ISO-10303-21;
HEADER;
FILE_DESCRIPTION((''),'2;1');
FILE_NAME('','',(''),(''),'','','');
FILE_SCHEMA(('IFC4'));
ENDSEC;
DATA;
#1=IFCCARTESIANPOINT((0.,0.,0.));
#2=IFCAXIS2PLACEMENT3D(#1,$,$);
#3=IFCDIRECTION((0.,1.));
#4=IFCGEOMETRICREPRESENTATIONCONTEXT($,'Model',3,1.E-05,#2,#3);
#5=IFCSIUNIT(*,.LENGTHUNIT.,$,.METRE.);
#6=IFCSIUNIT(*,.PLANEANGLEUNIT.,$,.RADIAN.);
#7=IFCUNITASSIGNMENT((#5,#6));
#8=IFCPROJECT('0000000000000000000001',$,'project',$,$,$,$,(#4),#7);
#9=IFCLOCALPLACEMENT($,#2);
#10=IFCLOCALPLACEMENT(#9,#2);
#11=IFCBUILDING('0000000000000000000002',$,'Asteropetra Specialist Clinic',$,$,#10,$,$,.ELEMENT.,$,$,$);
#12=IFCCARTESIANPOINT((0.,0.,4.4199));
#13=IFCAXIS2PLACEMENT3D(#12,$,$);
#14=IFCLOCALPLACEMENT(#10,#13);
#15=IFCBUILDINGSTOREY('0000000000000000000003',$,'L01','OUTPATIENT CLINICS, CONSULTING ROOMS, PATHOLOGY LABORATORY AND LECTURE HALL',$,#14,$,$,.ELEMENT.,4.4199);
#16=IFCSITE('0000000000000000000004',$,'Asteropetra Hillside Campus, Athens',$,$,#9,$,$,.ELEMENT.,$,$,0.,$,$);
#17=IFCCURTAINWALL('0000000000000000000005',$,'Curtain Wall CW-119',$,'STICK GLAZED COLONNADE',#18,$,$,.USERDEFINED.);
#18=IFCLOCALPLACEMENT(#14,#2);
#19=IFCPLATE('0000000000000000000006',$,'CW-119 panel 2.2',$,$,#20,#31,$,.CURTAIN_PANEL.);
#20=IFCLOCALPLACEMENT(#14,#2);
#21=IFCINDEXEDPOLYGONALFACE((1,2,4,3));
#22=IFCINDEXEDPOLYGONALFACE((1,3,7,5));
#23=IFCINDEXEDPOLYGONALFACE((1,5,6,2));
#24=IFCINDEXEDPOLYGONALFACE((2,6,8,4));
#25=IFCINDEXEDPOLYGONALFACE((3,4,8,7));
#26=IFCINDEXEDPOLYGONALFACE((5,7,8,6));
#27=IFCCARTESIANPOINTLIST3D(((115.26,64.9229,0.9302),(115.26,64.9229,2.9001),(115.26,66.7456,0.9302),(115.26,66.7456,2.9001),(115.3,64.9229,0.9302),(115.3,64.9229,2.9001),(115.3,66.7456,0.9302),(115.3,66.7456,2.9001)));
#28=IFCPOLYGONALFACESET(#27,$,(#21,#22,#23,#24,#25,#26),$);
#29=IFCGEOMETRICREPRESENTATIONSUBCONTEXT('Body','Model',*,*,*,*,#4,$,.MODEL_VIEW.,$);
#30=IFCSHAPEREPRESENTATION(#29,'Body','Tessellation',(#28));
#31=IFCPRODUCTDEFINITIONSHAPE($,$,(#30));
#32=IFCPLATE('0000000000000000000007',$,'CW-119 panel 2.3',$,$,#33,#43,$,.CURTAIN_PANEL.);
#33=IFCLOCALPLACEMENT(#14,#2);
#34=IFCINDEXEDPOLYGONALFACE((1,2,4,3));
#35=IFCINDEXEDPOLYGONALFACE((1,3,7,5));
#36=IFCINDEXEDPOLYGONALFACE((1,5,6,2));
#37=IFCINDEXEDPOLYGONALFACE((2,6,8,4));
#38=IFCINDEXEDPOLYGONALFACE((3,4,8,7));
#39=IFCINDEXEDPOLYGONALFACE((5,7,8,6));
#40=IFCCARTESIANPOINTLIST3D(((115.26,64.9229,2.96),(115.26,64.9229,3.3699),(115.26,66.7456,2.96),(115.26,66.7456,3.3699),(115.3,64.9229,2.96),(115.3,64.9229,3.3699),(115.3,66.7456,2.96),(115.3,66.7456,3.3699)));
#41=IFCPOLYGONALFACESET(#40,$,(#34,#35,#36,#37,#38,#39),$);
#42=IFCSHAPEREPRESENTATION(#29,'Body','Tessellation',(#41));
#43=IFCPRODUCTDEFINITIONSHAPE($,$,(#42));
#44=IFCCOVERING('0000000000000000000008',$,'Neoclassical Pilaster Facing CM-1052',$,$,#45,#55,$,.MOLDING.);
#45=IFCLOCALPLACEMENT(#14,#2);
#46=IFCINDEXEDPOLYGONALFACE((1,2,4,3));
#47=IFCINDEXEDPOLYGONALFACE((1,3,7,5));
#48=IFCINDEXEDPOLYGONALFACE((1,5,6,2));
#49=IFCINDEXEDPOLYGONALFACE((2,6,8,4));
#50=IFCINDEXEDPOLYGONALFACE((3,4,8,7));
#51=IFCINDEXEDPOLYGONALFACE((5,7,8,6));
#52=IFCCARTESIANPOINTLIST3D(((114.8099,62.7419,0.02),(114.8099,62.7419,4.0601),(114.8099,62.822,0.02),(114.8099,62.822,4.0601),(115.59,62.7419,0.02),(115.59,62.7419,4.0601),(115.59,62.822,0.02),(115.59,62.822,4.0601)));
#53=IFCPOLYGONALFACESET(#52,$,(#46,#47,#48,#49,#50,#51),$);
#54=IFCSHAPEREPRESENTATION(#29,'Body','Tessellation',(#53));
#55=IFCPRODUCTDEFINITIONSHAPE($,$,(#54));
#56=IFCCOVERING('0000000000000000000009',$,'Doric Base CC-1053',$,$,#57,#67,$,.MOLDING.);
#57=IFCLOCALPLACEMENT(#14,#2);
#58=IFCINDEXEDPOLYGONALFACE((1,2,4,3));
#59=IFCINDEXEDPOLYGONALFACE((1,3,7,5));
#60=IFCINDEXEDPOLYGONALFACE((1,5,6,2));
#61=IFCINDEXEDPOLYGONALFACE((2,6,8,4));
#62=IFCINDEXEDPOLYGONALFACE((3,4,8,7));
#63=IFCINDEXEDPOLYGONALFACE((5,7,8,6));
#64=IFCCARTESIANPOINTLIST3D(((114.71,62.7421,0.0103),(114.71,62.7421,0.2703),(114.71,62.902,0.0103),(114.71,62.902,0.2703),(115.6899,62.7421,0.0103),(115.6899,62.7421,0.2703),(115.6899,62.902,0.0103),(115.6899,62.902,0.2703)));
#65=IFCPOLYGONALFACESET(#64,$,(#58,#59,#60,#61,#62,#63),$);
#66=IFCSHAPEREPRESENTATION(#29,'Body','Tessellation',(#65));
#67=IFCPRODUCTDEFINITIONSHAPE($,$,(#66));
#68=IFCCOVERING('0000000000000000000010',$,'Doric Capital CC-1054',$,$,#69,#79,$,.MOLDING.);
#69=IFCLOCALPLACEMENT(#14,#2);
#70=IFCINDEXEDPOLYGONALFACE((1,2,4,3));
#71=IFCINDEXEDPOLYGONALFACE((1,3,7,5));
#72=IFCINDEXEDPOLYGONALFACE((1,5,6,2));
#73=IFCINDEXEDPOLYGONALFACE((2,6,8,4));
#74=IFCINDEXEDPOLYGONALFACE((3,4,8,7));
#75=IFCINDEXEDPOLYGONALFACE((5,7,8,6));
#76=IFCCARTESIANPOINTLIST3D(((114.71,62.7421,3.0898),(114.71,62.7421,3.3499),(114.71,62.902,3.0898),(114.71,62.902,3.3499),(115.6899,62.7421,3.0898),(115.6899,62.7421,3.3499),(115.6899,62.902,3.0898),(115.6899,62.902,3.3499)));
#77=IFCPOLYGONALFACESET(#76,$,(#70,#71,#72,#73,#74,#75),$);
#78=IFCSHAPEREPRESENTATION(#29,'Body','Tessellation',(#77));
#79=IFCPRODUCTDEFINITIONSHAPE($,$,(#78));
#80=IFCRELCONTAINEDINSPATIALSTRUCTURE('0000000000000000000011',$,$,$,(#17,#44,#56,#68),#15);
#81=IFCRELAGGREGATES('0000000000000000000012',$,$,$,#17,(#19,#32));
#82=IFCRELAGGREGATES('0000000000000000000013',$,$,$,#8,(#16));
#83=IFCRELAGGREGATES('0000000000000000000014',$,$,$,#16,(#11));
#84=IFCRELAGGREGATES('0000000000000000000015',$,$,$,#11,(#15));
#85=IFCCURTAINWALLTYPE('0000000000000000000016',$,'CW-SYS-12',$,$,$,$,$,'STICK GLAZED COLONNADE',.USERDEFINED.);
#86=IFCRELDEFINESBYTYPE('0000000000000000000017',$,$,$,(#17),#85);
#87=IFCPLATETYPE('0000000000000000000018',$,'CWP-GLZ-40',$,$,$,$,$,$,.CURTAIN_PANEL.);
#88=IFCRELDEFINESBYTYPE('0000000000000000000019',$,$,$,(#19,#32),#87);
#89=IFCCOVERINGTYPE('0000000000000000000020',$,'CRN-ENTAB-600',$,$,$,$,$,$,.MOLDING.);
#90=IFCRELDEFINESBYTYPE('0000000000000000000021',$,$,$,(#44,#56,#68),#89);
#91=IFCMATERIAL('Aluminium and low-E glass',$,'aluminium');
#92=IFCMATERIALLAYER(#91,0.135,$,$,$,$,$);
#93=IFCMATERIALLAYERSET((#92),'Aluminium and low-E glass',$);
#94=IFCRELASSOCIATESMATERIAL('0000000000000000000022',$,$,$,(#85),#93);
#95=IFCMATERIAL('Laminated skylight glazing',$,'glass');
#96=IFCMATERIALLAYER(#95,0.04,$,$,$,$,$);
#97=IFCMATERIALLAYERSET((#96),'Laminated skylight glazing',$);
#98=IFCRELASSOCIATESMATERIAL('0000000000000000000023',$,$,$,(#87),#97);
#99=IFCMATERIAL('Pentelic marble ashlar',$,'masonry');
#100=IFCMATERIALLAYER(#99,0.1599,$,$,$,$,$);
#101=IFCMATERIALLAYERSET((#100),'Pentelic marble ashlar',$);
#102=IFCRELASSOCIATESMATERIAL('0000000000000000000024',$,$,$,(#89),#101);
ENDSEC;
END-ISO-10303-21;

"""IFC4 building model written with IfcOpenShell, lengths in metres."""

from ifc_helpers import new_model, si_unit, direction, frame, origin, origin_2d, place, context, subcontext, project, spatial, rectangle, extrude, material, layer, layer_set, type_object, element, aggregate, save


model = new_model("IFC4")

# Units and contexts
model_context = context("Model", 3, precision=1e-05, world=origin(), true_north=direction((0.0, 1.0)))
body_context = subcontext(model_context, "Body", "Model", "MODEL_VIEW")
ifc_project = project(units=[si_unit("LENGTHUNIT", "METRE"), si_unit("PLANEANGLEUNIT", "RADIAN")], contexts=[model_context])

# Site, building, storey
site_placement = place(None, origin())
site = spatial("IfcSite", under=ifc_project, at=site_placement, Name="Asteropetra Hillside Campus, Athens", CompositionType="ELEMENT", RefElevation=0.0)
building_placement = place(site_placement, origin())
building = spatial("IfcBuilding", under=site, at=building_placement, Name="Asteropetra Specialist Clinic", CompositionType="ELEMENT")
storey_placement = place(building_placement, frame((0.0, 0.0, 4.4199)))
storey = spatial("IfcBuildingStorey", under=building, at=storey_placement, Name="L01", Description="OUTPATIENT CLINICS, CONSULTING ROOMS, PATHOLOGY LABORATORY AND LECTURE HALL", CompositionType="ELEMENT", Elevation=4.4199)

# Curtain wall, plates
ifc_material_1 = material(Name="Aluminium and low-E glass", Category="aluminium")
ifc_layer_1 = layer(ifc_material_1, 0.135)
ifc_layer_set_1 = layer_set([ifc_layer_1], Name="Aluminium and low-E glass")
curtain_wall_type = type_object("IfcCurtainWallType", Name="CW-SYS-12", ElementType="STICK GLAZED COLONNADE", PredefinedType="USERDEFINED", material=ifc_layer_set_1)
curtain_wall_placement = place(storey_placement, origin())
curtain_wall = element("IfcCurtainWall", 1, at=curtain_wall_placement, inside=storey, type_object=curtain_wall_type, Name="Curtain Wall CW-119", ObjectType="STICK GLAZED COLONNADE", PredefinedType="USERDEFINED")
ifc_material_2 = material(Name="Laminated skylight glazing", Category="glass")
ifc_layer_2 = layer(ifc_material_2, 0.04)
ifc_layer_set_2 = layer_set([ifc_layer_2], Name="Laminated skylight glazing")
plate_type = type_object("IfcPlateType", Name="CWP-GLZ-40", PredefinedType="CURTAIN_PANEL", material=ifc_layer_set_2)
plate_1_placement = place(storey_placement, frame((115.28, 65.8342, 0.9302), z_axis=(0.0, 0.0, 1.0), x_axis=(0.0, 1.0, 0.0)))
plate_1 = element("IfcPlate", 2, at=plate_1_placement, type_object=plate_type, Name="CW-119 panel 2.2", PredefinedType="CURTAIN_PANEL", context=body_context, shape_type="SweptSolid", body=[
    extrude(rectangle(XDim=1.8228, YDim=0.04, at=origin_2d()), origin(), (0.0, 0.0, 1.0), 1.97),
])
plate_2_placement = place(storey_placement, frame((115.28, 65.8342, 2.96), z_axis=(0.0, 0.0, 1.0), x_axis=(0.0, 1.0, 0.0)))
plate_2 = element("IfcPlate", 3, at=plate_2_placement, type_object=plate_type, Name="CW-119 panel 2.3", PredefinedType="CURTAIN_PANEL", context=body_context, shape_type="SweptSolid", body=[
    extrude(rectangle(XDim=1.8228, YDim=0.04, at=origin_2d()), origin(), (0.0, 0.0, 1.0), 0.4099),
])
aggregate(curtain_wall, [plate_1, plate_2])

# Coverings
ifc_material_3 = material(Name="Pentelic marble ashlar", Category="masonry")
ifc_layer_3 = layer(ifc_material_3, 0.1599)
ifc_layer_set_3 = layer_set([ifc_layer_3], Name="Pentelic marble ashlar")
covering_type = type_object("IfcCoveringType", Name="CRN-ENTAB-600", PredefinedType="MOLDING", material=ifc_layer_set_3)
covering_placement = place(storey_placement, frame((115.2, 62.782, 0.02), z_axis=(0.0, 0.0, 1.0), x_axis=(1.0, 0.0, 0.0)))
element("IfcCovering", 4, at=covering_placement, inside=storey, type_object=covering_type, Name="Neoclassical Pilaster Facing CM-1052", PredefinedType="MOLDING", context=body_context, shape_type="SweptSolid", body=[
    extrude(rectangle(XDim=0.78, YDim=0.0801, at=origin_2d()), origin(), (0.0, 0.0, 1.0), 4.04),
])
for number, where, z_axis, x_axis, name in (
    (5, (115.2, 62.822, 0.0103), (0.0, 0.0, 1.0), (1.0, 0.0, 0.0), "Doric Base CC-1053"),
    (6, (115.2, 62.822, 3.0898), (0.0, 0.0, 1.0), (1.0, 0.0, 0.0), "Doric Capital CC-1054"),
):
    element("IfcCovering", number, at=place(storey_placement, frame(where, z_axis=z_axis, x_axis=x_axis)), inside=storey, type_object=covering_type, Name=name, PredefinedType="MOLDING", context=body_context, shape_type="SweptSolid", body=[
        extrude(rectangle(XDim=0.98, YDim=0.1599, at=origin_2d()), origin(), (0.0, 0.0, 1.0), 0.26),
    ])

save(model, "model.ifc")
